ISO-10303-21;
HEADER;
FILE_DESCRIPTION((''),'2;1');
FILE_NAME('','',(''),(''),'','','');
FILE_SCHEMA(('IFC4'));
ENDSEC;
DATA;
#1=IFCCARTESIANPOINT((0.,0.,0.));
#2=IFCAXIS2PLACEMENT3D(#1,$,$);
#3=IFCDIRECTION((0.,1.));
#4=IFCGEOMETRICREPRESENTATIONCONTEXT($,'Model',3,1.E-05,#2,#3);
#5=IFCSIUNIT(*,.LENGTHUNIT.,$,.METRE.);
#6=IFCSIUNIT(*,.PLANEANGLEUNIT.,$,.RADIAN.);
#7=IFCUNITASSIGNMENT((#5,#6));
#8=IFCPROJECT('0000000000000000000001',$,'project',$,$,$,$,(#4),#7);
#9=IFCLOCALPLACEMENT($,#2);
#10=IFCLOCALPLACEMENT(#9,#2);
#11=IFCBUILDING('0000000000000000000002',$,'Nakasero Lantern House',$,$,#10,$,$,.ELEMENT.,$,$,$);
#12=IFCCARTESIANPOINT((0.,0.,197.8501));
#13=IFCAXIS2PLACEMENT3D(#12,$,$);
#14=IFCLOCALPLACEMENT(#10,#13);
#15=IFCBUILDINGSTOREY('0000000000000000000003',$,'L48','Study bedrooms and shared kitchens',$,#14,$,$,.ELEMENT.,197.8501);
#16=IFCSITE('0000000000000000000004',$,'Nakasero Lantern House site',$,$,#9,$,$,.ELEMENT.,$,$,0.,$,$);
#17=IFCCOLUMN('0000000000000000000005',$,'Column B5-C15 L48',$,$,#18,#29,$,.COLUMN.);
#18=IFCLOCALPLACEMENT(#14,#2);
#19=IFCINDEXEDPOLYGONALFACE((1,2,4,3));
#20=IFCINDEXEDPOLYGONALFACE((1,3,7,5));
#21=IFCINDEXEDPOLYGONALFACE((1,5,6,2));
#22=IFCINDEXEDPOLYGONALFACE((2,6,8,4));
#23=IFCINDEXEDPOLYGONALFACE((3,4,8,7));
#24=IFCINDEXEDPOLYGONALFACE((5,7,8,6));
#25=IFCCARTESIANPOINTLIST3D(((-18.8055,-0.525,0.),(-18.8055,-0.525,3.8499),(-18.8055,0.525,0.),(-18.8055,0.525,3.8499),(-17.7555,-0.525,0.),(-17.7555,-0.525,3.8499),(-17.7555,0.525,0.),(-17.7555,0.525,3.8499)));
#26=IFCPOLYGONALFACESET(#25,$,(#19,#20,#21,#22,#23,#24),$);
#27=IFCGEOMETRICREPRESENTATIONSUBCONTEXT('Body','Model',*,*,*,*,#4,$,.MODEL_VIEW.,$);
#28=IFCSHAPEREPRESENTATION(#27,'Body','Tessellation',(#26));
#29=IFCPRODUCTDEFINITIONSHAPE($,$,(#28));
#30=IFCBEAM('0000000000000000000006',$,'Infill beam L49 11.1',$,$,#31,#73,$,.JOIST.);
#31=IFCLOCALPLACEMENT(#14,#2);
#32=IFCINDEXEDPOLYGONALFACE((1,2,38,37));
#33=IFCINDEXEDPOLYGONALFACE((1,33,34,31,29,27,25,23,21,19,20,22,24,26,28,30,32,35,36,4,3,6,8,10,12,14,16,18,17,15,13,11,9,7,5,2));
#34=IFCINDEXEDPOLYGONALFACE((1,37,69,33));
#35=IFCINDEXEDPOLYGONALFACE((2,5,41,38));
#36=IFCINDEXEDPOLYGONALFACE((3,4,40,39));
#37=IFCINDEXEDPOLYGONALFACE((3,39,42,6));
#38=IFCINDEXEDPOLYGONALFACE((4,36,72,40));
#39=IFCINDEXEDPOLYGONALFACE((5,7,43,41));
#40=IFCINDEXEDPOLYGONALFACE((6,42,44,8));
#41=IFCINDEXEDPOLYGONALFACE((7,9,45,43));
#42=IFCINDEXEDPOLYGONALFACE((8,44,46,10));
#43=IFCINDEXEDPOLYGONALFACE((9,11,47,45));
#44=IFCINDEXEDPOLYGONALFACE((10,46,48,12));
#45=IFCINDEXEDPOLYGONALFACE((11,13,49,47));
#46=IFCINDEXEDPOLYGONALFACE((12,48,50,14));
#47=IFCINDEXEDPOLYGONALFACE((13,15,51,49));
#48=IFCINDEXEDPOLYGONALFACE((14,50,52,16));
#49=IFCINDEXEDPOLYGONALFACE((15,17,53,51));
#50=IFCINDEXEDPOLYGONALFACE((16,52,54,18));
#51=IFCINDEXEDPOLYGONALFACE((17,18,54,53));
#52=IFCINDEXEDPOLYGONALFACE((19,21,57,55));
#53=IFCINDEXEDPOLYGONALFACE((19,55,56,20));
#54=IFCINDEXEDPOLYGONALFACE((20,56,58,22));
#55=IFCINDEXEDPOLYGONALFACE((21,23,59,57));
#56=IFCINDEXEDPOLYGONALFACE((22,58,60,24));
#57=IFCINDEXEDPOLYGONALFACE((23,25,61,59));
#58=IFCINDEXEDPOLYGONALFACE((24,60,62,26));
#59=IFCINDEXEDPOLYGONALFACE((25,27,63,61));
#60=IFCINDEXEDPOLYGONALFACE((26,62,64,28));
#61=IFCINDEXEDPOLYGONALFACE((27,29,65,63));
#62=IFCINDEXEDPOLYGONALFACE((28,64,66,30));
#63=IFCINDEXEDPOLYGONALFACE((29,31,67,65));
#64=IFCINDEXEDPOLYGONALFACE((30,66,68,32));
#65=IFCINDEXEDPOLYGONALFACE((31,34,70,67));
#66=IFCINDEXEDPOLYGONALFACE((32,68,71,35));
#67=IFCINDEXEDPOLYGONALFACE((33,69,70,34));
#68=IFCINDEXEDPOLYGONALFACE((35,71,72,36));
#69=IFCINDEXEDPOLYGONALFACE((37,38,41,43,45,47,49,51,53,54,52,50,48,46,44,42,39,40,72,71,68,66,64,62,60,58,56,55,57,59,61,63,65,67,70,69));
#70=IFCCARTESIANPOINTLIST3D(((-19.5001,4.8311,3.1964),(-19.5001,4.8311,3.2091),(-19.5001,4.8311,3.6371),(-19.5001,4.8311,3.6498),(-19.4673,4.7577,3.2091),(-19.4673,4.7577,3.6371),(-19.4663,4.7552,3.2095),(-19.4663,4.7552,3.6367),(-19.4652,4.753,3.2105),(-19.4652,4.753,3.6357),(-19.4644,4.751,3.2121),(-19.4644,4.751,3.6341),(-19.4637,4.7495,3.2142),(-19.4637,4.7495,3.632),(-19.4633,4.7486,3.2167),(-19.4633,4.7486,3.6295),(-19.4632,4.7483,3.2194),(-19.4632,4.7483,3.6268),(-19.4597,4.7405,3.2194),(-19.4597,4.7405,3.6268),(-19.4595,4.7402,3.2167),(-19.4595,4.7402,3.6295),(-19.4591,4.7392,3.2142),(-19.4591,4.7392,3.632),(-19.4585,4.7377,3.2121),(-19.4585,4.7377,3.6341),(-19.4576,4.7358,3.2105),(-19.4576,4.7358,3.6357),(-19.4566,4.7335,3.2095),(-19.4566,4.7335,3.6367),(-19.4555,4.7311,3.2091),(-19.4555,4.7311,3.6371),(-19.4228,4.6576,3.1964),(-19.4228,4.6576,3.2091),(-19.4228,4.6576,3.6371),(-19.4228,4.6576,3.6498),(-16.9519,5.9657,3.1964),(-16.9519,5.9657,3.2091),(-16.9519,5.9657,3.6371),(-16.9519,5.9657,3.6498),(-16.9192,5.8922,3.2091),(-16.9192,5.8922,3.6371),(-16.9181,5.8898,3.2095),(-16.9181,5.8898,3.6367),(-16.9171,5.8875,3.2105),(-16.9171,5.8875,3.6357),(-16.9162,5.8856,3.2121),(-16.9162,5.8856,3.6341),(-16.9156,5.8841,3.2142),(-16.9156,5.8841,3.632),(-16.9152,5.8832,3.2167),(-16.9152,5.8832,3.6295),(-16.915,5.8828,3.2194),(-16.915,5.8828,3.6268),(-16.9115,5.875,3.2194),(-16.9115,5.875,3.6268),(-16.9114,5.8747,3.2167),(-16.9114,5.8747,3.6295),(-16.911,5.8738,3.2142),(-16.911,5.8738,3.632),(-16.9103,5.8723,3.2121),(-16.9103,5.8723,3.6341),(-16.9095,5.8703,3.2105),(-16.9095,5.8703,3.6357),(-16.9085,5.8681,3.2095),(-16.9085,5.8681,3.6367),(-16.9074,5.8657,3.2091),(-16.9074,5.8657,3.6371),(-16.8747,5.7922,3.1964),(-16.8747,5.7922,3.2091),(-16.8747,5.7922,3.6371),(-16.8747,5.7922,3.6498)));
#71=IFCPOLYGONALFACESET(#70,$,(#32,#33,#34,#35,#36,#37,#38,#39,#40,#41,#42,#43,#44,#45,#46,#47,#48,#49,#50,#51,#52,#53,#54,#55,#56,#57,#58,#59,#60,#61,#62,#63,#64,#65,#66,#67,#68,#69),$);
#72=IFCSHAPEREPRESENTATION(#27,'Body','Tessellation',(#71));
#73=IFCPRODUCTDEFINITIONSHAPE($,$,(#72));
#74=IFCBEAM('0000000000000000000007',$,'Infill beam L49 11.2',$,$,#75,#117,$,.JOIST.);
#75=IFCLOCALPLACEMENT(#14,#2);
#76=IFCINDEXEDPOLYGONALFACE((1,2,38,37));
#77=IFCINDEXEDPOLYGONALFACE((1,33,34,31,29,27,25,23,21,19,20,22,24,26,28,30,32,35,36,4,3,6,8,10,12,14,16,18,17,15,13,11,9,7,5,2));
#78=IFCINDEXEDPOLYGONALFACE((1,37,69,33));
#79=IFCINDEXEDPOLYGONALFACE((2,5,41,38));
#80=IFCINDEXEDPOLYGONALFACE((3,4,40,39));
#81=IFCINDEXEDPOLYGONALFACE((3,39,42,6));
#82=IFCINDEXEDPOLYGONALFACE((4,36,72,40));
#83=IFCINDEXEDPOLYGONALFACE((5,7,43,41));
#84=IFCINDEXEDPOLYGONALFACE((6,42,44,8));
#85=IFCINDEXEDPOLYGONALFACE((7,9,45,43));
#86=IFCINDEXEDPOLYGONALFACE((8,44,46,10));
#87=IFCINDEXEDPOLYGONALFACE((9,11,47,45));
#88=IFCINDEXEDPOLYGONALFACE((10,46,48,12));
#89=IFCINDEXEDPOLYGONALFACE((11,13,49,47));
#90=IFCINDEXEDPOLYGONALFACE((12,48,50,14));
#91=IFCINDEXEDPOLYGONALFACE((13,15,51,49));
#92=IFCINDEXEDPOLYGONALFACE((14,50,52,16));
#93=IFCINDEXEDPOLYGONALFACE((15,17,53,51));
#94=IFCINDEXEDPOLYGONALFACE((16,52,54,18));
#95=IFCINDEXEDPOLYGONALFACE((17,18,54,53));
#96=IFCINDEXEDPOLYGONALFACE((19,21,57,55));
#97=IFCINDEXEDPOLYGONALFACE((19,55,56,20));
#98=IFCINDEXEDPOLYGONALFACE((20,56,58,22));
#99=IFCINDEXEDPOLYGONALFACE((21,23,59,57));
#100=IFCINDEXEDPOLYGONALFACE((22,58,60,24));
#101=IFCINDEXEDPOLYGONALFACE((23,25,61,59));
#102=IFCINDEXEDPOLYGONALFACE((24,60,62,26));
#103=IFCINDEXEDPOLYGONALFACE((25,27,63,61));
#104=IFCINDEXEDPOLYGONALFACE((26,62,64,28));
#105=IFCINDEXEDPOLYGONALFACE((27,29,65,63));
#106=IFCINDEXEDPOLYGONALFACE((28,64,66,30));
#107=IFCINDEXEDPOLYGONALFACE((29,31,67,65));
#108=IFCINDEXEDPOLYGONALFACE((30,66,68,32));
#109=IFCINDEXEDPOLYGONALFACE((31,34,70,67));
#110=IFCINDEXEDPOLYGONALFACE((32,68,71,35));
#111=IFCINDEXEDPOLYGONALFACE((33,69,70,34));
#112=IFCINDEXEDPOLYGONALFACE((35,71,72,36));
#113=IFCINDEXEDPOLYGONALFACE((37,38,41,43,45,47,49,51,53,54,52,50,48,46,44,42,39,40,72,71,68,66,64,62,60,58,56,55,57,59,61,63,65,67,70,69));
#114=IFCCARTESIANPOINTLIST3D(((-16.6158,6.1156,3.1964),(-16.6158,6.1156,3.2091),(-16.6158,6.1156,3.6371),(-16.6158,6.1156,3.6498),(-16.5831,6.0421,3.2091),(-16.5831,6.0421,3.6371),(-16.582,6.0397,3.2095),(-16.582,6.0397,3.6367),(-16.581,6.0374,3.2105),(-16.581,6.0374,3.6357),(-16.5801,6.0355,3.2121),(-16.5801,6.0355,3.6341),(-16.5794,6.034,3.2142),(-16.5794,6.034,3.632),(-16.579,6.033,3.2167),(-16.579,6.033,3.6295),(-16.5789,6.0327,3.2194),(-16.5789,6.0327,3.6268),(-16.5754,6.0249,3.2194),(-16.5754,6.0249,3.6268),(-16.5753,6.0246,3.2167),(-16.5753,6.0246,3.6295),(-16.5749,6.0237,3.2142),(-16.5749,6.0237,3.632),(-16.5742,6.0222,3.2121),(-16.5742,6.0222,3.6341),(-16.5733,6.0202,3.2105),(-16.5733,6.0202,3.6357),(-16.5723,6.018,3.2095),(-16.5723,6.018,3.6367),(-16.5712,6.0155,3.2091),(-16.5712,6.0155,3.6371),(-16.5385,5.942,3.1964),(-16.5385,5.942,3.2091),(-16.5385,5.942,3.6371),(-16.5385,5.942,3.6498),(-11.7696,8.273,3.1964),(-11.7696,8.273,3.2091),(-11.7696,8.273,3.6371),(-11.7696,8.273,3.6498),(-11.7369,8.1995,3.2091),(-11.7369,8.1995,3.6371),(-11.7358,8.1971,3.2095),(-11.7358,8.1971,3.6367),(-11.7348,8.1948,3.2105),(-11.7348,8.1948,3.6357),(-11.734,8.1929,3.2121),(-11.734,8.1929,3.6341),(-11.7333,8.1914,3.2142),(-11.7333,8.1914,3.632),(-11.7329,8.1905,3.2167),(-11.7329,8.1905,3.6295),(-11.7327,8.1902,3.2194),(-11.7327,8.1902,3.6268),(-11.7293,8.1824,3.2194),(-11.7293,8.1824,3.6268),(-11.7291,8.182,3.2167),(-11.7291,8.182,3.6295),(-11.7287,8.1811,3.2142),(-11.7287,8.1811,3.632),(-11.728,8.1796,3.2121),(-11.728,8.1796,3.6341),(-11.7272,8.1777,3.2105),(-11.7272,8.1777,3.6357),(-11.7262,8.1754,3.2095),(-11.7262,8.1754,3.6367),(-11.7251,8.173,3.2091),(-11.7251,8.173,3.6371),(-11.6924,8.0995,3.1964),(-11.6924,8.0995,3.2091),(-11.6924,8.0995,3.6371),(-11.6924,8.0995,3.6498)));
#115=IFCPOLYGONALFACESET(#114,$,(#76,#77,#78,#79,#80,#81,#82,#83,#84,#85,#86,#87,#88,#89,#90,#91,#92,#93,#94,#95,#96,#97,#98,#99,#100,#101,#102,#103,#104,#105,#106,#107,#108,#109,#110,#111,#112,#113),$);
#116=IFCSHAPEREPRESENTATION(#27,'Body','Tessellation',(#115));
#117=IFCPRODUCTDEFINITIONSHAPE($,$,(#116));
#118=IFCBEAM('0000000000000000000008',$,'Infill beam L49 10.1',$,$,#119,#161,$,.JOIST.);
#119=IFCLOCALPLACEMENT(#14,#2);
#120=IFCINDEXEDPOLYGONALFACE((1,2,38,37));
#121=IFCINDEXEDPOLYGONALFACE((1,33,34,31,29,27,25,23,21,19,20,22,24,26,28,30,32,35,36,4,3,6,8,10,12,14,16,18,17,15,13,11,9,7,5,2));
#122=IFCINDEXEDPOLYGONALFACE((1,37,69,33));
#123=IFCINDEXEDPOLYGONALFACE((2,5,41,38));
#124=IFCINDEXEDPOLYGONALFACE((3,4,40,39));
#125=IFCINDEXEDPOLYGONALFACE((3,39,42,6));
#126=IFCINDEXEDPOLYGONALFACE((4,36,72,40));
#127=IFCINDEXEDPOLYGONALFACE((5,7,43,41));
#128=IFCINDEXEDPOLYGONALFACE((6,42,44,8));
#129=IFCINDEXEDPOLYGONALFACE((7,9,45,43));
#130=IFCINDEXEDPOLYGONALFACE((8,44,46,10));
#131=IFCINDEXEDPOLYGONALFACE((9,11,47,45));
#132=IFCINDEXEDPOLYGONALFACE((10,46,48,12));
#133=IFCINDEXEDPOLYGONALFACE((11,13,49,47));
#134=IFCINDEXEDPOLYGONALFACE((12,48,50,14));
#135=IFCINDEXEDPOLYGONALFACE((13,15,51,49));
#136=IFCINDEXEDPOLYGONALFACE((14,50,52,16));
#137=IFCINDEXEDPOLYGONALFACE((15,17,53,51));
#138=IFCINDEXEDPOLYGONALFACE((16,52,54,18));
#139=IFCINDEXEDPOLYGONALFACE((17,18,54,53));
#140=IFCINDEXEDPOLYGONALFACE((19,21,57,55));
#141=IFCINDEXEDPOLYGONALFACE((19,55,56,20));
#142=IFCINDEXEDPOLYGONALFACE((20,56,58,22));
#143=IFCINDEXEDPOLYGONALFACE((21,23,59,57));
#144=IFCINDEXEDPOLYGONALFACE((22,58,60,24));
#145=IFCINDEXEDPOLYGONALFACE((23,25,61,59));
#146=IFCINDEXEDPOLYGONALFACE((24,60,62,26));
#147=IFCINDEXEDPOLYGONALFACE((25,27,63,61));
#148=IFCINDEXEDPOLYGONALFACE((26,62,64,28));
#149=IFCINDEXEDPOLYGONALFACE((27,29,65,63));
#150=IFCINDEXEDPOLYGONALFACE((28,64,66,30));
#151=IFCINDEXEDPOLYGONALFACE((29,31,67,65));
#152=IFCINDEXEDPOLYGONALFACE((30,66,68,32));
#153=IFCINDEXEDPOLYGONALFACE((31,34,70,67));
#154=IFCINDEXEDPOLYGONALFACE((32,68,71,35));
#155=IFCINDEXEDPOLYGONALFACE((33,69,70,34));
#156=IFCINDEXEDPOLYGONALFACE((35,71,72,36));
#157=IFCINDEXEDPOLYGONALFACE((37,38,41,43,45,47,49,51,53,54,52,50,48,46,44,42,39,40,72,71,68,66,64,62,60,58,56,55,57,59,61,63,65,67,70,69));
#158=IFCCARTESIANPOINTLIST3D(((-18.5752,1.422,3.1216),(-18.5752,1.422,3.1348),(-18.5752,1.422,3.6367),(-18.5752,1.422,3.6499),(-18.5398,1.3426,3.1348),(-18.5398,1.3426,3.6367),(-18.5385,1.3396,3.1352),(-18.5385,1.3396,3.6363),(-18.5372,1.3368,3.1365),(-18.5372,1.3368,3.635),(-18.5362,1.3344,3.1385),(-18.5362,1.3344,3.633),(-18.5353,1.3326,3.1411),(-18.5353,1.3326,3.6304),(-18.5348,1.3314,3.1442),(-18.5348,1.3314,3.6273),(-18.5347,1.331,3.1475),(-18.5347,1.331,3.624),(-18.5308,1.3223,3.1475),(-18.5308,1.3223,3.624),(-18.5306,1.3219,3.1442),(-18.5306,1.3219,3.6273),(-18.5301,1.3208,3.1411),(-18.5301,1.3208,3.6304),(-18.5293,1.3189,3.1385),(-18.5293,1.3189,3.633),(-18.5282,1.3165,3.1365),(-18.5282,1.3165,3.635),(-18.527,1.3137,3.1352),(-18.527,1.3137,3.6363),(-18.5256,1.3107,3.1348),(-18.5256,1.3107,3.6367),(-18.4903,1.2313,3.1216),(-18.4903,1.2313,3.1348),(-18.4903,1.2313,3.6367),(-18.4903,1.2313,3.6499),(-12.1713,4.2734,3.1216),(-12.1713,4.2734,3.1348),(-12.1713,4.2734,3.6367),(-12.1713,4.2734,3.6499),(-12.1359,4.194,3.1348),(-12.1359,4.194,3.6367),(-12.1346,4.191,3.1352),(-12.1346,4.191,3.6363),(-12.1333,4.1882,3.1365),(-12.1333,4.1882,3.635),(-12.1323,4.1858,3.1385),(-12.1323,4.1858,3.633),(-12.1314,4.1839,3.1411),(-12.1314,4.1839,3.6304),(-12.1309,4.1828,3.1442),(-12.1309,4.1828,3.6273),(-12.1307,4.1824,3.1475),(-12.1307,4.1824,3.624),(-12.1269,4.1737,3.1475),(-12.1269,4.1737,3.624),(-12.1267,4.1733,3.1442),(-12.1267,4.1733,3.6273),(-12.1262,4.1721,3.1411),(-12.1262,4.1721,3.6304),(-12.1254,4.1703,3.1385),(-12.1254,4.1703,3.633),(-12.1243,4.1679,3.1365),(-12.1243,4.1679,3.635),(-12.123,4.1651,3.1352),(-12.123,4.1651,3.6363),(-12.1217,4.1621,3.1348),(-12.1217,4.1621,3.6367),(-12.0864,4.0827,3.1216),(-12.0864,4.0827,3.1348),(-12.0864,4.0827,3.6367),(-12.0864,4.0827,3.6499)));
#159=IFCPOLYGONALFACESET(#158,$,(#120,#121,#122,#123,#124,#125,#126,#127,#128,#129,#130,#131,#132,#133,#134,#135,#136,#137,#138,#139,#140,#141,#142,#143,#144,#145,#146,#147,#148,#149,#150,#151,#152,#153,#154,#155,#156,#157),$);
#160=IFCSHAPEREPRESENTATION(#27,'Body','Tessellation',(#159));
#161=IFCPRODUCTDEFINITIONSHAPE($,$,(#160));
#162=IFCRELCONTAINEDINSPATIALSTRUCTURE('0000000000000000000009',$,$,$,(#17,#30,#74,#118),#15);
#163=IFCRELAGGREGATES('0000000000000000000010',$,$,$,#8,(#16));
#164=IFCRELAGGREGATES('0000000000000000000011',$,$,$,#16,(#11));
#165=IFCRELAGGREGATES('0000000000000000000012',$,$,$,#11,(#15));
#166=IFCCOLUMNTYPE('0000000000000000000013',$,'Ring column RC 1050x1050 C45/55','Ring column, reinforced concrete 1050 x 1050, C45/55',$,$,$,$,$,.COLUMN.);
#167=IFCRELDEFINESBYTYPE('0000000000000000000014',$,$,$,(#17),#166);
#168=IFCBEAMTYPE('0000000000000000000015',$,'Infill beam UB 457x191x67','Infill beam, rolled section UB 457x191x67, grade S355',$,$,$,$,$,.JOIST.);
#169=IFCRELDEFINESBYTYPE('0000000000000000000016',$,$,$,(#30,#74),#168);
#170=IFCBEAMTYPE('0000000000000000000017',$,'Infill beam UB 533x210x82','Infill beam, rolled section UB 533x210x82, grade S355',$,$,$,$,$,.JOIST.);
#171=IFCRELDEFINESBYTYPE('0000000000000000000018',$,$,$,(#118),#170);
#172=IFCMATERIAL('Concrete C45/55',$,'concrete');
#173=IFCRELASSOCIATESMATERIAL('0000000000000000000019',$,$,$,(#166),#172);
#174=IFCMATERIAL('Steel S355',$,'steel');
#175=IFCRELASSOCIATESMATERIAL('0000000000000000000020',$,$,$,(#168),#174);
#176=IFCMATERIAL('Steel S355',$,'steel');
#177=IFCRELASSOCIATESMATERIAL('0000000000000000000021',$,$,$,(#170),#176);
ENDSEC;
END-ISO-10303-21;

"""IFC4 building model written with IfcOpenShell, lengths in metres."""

from ifc_helpers import new_model, si_unit, direction, frame, origin, origin_2d, place, context, subcontext, project, spatial, rectangle, i_section, extrude, material, material_profile, profile_set, type_object, element, save


model = new_model("IFC4")

# Units and contexts
model_context = context("Model", 3, precision=1e-05, world=origin(), true_north=direction((0.0, 1.0)))
body_context = subcontext(model_context, "Body", "Model", "MODEL_VIEW")
ifc_project = project(units=[si_unit("LENGTHUNIT", "METRE"), si_unit("PLANEANGLEUNIT", "RADIAN")], contexts=[model_context])

# Site, building, storey
site_placement = place(None, origin())
site = spatial("IfcSite", under=ifc_project, at=site_placement, Name="Nakasero Lantern House site", CompositionType="ELEMENT", RefElevation=0.0)
building_placement = place(site_placement, origin())
building = spatial("IfcBuilding", under=site, at=building_placement, Name="Nakasero Lantern House", CompositionType="ELEMENT")
storey_placement = place(building_placement, frame((0.0, 0.0, 197.8501)))
storey = spatial("IfcBuildingStorey", under=building, at=storey_placement, Name="L48", Description="Study bedrooms and shared kitchens", CompositionType="ELEMENT", Elevation=197.8501)

# Column
ifc_material_1 = material(Name="Concrete C45/55", Category="concrete")
ifc_material_profile_1 = material_profile(ifc_material_1, rectangle(XDim=1.05, YDim=1.05, at=origin_2d()), Name="RC 1050x1050")
ifc_profile_set_1 = profile_set([ifc_material_profile_1], Name="Concrete C45/55")
column_type = type_object("IfcColumnType", Name="Ring column RC 1050x1050 C45/55", Description="Ring column, reinforced concrete 1050 x 1050, C45/55", PredefinedType="COLUMN", material=ifc_profile_set_1)
column_placement = place(storey_placement, frame((-18.2805, 0.0, 0.0), z_axis=(0.0, 0.0, 1.0), x_axis=(1.0, 0.0, 0.0)))
element("IfcColumn", 1, at=column_placement, inside=storey, type_object=column_type, Name="Column B5-C15 L48", PredefinedType="COLUMN", context=body_context, shape_type="SweptSolid", body=[
    extrude(rectangle(XDim=1.05, YDim=1.05, at=origin_2d()), origin(), (0.0, 0.0, 1.0), 3.8499),
])

# Beams
ifc_material_2 = material(Name="Steel S355", Category="steel")
ifc_material_profile_2 = material_profile(ifc_material_2, i_section(OverallWidth=0.1899, OverallDepth=0.4534, WebThickness=0.0085, FlangeThickness=0.0127, FilletRadius=0.0103, at=origin_2d()), Name="UB 457x191x67")
ifc_profile_set_2 = profile_set([ifc_material_profile_2], Name="Steel S355")
beam_type_1 = type_object("IfcBeamType", Name="Infill beam UB 457x191x67", Description="Infill beam, rolled section UB 457x191x67, grade S355", PredefinedType="JOIST", material=ifc_profile_set_2)
beam_1_placement = place(storey_placement, frame((-19.4614, 4.7444, 3.4231), z_axis=(0.913541, 0.406747, 0.0), x_axis=(-0.406747, 0.913541, 0.0)))
element("IfcBeam", 2, at=beam_1_placement, inside=storey, type_object=beam_type_1, Name="Infill beam L49 11.1", PredefinedType="JOIST", context=body_context, shape_type="SweptSolid", body=[
    extrude(i_section(OverallWidth=0.1899, OverallDepth=0.4534, WebThickness=0.0085, FlangeThickness=0.0127, FilletRadius=0.0103, at=origin_2d()), origin(), (0.0, 0.0, 1.0), 2.7893),
])
beam_2_placement = place(storey_placement, frame((-16.5771, 6.0288, 3.4231), z_axis=(0.913559, 0.406706, 0.0), x_axis=(-0.406706, 0.913559, 0.0)))
element("IfcBeam", 3, at=beam_2_placement, inside=storey, type_object=beam_type_1, Name="Infill beam L49 11.2", PredefinedType="JOIST", context=body_context, shape_type="SweptSolid", body=[
    extrude(i_section(OverallWidth=0.1899, OverallDepth=0.4534, WebThickness=0.0085, FlangeThickness=0.0127, FilletRadius=0.0103, at=origin_2d()), origin(), (0.0, 0.0, 1.0), 5.3047),
])
ifc_material_3 = material(Name="Steel S355", Category="steel")
ifc_material_profile_3 = material_profile(ifc_material_3, i_section(OverallWidth=0.2087, OverallDepth=0.5283, WebThickness=0.0095, FlangeThickness=0.0132, FilletRadius=0.0127, at=origin_2d()), Name="UB 533x210x82")
ifc_profile_set_3 = profile_set([ifc_material_profile_3], Name="Steel S355")
beam_type_2 = type_object("IfcBeamType", Name="Infill beam UB 533x210x82", Description="Infill beam, rolled section UB 533x210x82, grade S355", PredefinedType="JOIST", material=ifc_profile_set_3)
beam_3_placement = place(storey_placement, frame((-18.5327, 1.3267, 3.3857), z_axis=(0.913537, 0.406756, 0.0), x_axis=(-0.406756, 0.913537, 0.0)))
element("IfcBeam", 4, at=beam_3_placement, inside=storey, type_object=beam_type_2, Name="Infill beam L49 10.1", PredefinedType="JOIST", context=body_context, shape_type="SweptSolid", body=[
    extrude(i_section(OverallWidth=0.2087, OverallDepth=0.5283, WebThickness=0.0095, FlangeThickness=0.0132, FilletRadius=0.0127, at=origin_2d()), origin(), (0.0, 0.0, 1.0), 7.01),
])

save(model, "model.ifc")
